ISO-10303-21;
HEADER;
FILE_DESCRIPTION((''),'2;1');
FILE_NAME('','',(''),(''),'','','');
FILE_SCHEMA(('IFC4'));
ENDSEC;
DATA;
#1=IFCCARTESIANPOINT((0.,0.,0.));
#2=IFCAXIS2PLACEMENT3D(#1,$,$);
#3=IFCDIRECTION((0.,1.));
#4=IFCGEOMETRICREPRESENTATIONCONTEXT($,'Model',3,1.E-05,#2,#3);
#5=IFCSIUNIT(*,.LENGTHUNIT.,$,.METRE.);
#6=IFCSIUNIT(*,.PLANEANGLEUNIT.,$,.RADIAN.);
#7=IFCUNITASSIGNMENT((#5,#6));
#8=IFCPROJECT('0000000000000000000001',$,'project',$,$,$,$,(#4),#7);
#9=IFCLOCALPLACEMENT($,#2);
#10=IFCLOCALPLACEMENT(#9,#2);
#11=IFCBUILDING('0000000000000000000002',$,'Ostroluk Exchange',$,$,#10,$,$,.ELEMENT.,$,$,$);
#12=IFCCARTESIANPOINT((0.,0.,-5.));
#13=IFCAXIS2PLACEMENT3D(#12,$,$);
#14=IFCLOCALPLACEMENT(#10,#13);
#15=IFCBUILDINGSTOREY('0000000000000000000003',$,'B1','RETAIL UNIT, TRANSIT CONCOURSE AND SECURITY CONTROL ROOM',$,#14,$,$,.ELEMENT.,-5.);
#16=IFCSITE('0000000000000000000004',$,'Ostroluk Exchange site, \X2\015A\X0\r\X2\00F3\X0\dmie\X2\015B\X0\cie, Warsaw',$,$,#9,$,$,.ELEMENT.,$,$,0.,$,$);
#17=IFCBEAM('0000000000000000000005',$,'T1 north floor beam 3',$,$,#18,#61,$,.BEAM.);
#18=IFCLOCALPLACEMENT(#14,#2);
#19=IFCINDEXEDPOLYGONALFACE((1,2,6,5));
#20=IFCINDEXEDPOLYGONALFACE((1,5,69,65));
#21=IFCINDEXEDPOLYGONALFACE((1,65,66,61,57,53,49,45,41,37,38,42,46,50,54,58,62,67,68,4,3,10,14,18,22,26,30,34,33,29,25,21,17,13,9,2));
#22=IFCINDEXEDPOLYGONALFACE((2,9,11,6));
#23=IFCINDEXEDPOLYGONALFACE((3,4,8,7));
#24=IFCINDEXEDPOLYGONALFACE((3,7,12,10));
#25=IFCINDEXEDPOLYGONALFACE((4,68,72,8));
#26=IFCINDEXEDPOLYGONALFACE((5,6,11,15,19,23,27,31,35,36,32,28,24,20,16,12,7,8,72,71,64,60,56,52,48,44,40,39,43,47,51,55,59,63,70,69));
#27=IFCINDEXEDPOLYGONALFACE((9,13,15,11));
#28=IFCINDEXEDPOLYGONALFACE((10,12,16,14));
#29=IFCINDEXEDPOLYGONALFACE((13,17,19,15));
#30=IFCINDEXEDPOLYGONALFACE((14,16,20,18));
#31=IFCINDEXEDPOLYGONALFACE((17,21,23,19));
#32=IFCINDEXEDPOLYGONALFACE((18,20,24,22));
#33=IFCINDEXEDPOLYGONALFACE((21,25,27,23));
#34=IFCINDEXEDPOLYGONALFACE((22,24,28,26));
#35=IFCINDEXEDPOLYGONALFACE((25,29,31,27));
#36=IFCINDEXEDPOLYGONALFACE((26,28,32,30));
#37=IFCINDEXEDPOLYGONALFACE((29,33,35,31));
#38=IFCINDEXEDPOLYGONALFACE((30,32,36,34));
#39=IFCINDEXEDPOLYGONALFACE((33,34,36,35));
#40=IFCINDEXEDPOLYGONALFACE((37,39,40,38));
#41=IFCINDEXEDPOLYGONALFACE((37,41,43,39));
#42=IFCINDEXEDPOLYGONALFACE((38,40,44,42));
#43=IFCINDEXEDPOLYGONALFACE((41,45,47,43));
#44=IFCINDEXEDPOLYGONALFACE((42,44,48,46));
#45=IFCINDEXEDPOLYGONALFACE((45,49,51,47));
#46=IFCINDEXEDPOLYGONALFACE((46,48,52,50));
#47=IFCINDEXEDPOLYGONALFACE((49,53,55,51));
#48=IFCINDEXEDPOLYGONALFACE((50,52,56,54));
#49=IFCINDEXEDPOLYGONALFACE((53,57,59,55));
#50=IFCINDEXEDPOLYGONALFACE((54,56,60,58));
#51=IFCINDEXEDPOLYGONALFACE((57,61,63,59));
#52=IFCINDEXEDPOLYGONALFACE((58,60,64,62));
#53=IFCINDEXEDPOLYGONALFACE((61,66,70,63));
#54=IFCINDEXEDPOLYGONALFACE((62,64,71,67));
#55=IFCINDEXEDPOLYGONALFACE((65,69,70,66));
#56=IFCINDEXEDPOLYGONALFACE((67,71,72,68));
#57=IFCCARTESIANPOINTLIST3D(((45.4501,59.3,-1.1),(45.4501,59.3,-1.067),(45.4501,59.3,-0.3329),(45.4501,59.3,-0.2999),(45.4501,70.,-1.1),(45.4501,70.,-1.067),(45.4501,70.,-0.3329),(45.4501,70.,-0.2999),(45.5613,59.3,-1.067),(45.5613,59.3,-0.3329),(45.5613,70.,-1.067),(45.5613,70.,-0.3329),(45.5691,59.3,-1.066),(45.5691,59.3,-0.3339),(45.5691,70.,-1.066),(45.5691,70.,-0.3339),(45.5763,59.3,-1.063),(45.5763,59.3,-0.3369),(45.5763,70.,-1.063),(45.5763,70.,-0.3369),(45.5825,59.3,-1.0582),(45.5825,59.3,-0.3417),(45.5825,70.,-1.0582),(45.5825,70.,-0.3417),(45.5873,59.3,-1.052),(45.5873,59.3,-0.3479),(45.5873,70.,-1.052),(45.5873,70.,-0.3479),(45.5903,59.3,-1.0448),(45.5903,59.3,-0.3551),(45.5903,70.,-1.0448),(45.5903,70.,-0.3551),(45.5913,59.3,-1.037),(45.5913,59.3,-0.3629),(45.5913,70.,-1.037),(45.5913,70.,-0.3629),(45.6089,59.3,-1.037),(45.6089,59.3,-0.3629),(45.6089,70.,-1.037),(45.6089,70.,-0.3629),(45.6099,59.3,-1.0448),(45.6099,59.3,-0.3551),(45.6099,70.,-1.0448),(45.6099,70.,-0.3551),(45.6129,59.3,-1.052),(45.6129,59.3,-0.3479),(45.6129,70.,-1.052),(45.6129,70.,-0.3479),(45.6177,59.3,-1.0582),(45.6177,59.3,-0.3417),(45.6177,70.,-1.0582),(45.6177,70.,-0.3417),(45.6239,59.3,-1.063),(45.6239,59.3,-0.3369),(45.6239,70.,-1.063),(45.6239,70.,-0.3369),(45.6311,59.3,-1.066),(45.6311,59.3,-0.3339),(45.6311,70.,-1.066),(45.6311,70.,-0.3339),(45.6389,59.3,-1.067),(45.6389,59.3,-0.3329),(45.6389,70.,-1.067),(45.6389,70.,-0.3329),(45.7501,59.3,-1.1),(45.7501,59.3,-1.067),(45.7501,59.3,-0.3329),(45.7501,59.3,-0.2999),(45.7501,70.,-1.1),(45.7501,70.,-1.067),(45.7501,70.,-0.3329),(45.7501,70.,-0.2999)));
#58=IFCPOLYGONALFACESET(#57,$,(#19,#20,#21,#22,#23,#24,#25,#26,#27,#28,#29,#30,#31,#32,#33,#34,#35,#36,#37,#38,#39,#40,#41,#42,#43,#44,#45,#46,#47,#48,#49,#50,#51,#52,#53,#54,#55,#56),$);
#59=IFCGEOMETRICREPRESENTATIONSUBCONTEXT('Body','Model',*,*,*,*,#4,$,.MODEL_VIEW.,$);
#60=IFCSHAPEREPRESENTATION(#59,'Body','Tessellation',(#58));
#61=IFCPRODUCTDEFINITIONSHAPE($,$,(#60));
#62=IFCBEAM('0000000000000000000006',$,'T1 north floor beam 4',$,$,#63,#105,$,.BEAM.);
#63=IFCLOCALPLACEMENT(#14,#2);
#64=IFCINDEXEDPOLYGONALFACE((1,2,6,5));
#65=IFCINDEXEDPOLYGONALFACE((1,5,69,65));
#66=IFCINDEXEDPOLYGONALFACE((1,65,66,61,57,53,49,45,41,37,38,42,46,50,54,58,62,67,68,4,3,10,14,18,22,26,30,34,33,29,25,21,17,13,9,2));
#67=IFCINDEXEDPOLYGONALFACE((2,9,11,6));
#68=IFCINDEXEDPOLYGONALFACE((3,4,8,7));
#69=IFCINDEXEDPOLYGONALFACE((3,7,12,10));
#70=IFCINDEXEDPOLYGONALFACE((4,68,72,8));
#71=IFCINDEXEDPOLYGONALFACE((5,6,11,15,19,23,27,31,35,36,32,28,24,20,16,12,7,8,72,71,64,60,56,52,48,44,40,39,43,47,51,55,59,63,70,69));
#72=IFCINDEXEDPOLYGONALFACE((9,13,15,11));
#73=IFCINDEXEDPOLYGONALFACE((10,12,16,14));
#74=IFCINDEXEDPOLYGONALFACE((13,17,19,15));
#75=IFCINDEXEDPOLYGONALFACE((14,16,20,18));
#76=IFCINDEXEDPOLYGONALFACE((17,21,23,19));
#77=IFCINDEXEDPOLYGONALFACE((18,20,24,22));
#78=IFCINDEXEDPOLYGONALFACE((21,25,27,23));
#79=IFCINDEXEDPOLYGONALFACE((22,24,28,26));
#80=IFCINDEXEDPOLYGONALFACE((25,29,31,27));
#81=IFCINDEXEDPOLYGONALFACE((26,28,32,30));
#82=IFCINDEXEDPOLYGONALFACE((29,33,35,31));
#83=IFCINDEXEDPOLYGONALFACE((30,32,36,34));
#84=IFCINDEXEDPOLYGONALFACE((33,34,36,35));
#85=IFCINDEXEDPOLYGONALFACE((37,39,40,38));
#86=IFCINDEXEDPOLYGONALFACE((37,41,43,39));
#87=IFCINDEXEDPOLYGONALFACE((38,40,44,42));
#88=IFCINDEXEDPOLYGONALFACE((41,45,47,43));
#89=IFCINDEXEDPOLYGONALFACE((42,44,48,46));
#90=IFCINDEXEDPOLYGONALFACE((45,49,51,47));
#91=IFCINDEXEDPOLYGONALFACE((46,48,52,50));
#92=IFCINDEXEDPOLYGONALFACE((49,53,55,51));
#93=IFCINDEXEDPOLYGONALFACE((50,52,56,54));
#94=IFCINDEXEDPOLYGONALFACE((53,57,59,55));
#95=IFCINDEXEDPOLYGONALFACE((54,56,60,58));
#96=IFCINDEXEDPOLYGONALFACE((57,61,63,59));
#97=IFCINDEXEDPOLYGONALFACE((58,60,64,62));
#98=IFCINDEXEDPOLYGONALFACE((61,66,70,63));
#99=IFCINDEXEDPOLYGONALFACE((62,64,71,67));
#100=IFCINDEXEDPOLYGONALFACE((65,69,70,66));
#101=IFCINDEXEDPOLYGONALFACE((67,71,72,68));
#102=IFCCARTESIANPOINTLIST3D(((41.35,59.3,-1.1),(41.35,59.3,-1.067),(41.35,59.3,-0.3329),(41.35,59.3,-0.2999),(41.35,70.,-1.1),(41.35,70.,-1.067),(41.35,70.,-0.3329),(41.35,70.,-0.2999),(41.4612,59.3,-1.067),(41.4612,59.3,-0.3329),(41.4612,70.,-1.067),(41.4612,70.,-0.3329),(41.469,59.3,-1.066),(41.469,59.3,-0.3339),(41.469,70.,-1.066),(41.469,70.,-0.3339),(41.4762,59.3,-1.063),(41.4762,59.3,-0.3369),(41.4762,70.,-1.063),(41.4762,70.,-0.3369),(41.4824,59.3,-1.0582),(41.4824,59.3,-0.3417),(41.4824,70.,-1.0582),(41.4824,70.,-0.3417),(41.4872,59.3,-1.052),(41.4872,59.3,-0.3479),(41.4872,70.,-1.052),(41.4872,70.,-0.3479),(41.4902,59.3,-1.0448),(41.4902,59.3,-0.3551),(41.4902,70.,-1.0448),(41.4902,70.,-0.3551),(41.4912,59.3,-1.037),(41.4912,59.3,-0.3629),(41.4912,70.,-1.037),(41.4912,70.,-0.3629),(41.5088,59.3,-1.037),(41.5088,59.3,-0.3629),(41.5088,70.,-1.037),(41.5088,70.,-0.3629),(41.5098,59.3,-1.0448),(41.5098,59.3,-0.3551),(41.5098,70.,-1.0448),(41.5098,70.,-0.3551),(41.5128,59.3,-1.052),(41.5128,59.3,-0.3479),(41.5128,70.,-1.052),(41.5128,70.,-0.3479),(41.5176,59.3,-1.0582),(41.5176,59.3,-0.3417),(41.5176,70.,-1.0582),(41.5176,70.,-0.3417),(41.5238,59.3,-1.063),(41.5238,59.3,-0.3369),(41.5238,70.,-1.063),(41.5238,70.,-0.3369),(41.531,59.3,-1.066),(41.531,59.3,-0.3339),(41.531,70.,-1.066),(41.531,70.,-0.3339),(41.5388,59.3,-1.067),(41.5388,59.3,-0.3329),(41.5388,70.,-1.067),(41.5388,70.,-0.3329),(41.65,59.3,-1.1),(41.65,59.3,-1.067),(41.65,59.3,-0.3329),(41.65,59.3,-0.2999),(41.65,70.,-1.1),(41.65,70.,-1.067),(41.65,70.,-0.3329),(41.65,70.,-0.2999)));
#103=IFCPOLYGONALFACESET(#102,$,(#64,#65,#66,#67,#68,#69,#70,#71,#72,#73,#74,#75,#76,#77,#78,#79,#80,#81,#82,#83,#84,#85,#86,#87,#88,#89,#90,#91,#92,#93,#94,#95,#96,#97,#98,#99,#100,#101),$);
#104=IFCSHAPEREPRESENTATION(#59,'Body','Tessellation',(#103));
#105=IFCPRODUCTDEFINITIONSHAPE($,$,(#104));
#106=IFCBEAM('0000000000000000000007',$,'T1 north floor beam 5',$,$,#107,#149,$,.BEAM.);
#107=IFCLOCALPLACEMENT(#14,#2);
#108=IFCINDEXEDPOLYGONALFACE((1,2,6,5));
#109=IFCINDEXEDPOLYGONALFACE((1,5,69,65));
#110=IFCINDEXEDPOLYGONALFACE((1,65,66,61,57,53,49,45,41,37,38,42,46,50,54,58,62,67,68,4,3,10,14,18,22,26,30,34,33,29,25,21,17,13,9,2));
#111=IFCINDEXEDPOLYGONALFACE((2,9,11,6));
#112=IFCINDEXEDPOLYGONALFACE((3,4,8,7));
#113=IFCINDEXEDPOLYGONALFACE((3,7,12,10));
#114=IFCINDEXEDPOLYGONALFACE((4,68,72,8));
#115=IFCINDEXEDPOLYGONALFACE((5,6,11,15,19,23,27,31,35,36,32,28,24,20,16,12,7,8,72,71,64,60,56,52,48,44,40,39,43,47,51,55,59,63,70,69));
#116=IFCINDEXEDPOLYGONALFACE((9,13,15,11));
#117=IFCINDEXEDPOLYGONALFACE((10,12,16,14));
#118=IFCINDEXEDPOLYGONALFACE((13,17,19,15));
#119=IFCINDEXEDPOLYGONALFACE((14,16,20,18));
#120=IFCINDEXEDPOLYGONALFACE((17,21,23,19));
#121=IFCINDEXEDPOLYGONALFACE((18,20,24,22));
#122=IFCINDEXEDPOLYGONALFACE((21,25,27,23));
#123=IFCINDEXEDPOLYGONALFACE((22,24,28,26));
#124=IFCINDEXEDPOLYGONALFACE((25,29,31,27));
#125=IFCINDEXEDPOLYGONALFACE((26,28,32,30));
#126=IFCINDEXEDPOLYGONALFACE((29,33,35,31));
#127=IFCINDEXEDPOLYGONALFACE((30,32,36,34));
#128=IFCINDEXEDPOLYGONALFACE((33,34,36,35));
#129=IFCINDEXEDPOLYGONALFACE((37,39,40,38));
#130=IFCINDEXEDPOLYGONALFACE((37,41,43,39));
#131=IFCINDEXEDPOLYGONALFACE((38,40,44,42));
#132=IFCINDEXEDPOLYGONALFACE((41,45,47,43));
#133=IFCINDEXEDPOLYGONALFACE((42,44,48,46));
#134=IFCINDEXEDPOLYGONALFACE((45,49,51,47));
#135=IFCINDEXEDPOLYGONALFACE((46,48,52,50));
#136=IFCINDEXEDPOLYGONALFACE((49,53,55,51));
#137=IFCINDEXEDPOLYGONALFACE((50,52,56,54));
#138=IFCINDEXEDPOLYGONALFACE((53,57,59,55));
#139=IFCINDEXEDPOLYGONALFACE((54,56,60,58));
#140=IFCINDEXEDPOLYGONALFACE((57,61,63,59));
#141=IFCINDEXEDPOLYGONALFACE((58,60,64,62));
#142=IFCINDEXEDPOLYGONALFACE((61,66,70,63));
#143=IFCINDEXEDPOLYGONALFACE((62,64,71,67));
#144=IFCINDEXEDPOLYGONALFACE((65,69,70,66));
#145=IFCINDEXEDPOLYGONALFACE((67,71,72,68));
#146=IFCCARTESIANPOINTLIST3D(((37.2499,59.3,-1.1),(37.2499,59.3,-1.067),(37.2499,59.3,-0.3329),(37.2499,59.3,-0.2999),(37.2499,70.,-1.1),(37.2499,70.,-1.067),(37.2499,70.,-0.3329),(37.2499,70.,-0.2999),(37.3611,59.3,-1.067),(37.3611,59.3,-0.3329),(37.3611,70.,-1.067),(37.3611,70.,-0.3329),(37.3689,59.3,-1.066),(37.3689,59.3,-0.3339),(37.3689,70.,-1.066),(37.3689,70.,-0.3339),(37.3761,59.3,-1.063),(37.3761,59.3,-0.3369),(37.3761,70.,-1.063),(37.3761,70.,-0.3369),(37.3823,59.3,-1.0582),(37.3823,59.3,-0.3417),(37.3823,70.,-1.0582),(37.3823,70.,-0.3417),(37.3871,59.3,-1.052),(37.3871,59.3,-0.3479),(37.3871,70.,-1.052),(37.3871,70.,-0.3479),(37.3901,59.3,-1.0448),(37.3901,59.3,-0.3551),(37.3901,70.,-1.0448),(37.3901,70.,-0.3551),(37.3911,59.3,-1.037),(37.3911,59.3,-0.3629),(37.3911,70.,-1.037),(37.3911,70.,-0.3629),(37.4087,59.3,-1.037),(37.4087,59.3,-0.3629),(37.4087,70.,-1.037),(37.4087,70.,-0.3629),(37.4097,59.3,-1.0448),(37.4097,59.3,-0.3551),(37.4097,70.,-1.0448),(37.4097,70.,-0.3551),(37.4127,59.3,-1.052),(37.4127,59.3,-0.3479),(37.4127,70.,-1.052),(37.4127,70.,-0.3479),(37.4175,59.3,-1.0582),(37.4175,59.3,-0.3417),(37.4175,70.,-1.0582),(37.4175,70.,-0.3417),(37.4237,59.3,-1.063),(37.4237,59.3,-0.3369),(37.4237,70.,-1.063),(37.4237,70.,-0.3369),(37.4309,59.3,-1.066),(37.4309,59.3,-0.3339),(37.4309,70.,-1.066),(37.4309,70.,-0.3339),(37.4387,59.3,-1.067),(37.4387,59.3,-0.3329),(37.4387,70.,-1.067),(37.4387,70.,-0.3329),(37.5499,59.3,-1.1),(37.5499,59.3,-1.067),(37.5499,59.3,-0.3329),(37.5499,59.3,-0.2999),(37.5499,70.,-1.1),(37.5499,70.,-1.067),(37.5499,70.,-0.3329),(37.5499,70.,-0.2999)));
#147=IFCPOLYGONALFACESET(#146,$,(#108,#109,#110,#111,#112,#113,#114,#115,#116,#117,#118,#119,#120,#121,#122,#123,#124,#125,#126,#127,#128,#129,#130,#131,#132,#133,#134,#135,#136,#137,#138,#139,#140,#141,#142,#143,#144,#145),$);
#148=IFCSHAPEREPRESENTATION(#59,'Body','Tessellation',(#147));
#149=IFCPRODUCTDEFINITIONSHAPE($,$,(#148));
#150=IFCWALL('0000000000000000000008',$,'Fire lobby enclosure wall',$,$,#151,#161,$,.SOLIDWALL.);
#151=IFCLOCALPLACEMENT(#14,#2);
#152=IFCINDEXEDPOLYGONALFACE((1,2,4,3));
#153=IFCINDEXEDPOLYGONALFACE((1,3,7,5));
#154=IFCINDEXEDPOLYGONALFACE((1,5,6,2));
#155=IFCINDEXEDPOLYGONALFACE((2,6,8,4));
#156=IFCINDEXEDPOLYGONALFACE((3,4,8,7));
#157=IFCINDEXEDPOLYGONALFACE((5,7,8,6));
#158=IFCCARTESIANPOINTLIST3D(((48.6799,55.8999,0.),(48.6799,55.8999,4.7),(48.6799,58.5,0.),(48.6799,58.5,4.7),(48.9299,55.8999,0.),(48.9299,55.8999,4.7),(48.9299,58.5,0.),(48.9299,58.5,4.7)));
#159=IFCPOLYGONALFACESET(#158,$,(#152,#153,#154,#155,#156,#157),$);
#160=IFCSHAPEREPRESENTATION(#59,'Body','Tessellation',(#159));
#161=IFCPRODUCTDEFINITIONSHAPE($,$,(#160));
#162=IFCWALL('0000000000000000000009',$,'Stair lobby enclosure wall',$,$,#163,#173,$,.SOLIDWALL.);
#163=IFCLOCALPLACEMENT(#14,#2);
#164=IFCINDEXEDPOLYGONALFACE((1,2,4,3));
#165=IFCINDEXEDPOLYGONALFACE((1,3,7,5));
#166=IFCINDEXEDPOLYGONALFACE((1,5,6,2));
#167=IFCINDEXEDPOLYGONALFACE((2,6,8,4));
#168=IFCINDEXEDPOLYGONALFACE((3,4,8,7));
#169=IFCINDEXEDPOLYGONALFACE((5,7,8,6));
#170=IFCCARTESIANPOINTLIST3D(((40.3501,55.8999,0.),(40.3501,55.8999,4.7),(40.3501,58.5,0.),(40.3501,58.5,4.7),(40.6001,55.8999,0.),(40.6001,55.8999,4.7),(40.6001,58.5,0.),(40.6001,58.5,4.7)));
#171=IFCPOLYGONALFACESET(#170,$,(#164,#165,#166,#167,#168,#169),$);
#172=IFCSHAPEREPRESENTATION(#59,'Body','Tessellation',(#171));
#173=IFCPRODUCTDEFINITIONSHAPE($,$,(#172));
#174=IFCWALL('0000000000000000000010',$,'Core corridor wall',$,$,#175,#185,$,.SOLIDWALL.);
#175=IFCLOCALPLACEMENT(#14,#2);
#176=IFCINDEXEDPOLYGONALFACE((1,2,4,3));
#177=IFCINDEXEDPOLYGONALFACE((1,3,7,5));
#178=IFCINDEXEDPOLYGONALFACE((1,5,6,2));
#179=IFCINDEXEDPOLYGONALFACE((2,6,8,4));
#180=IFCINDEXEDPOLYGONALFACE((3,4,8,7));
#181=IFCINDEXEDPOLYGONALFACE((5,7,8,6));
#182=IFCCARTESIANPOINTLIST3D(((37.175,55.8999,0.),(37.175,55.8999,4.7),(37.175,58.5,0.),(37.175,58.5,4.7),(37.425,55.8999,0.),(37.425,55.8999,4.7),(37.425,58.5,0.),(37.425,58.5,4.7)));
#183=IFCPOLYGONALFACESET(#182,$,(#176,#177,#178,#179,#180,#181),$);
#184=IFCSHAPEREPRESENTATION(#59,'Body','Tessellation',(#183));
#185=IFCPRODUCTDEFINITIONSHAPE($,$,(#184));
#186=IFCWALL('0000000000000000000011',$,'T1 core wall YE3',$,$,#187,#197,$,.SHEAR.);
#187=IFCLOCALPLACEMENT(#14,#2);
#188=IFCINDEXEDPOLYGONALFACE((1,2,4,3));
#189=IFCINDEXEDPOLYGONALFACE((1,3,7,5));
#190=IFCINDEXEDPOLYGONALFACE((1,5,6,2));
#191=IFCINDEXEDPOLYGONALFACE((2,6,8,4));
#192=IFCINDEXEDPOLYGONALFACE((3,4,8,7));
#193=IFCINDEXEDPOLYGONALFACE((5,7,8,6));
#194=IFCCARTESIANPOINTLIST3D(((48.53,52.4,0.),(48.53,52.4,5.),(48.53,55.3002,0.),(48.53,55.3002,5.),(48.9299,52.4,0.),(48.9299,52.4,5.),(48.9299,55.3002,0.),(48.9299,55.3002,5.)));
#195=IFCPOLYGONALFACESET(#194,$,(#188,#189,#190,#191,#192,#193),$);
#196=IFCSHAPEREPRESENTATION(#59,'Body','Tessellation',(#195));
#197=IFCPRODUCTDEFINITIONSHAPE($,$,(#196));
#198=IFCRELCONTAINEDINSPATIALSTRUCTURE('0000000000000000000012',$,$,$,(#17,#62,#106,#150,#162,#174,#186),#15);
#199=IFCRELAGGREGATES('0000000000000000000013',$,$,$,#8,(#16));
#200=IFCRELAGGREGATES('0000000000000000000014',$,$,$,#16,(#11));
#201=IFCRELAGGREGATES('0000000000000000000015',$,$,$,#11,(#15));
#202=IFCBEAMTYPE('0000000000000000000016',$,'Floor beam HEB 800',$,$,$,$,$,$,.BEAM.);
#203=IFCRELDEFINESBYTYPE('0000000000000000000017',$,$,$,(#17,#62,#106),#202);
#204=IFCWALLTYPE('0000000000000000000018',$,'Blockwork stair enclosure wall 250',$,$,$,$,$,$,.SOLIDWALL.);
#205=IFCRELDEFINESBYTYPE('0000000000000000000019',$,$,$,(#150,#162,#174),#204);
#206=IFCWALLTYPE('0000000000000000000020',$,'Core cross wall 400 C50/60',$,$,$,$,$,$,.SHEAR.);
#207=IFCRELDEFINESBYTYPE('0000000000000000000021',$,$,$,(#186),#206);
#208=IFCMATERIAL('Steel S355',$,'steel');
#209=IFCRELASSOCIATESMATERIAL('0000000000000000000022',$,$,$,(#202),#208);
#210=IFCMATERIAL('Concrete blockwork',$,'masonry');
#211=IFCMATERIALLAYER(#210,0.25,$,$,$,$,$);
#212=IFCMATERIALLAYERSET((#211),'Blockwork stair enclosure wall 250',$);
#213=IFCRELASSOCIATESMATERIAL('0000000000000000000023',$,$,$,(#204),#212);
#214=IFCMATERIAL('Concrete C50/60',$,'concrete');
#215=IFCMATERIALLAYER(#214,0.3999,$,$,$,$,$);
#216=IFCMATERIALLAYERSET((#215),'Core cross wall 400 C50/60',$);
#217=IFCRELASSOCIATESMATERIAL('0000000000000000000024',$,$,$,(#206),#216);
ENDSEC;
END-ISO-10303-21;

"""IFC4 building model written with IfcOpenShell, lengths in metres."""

from ifc_helpers import new_model, si_unit, direction, frame, frame_2d, origin, origin_2d, place, context, subcontext, project, spatial, rectangle, i_section, extrude, material, layer, layer_set, material_profile, profile_set, type_object, element, save


model = new_model("IFC4")

# Units and contexts
model_context = context("Model", 3, precision=1e-05, world=origin(), true_north=direction((0.0, 1.0)))
body_context = subcontext(model_context, "Body", "Model", "MODEL_VIEW")
ifc_project = project(units=[si_unit("LENGTHUNIT", "METRE"), si_unit("PLANEANGLEUNIT", "RADIAN")], contexts=[model_context])

# Site, building, storey
site_placement = place(None, origin())
site = spatial("IfcSite", under=ifc_project, at=site_placement, Name="Ostroluk Exchange site, Śródmieście, Warsaw", CompositionType="ELEMENT", RefElevation=0.0)
building_placement = place(site_placement, origin())
building = spatial("IfcBuilding", under=site, at=building_placement, Name="Ostroluk Exchange", CompositionType="ELEMENT")
storey_placement = place(building_placement, frame((0.0, 0.0, -5.0)))
storey = spatial("IfcBuildingStorey", under=building, at=storey_placement, Name="B1", Description="RETAIL UNIT, TRANSIT CONCOURSE AND SECURITY CONTROL ROOM", CompositionType="ELEMENT", Elevation=-5.0)

# Beams
ifc_material_1 = material(Name="Steel S355", Category="steel")
ifc_material_profile = material_profile(ifc_material_1, i_section(OverallWidth=0.3, OverallDepth=0.8, WebThickness=0.0176, FlangeThickness=0.033, FilletRadius=0.03, at=origin_2d()), Name="HEB 800")
ifc_profile_set = profile_set([ifc_material_profile], Name="Steel S355")
beam_type = type_object("IfcBeamType", Name="Floor beam HEB 800", PredefinedType="BEAM", material=ifc_profile_set)
for number, where, z_axis, x_axis, name in (
    (1, (45.6001, 59.3, -0.7), (0.0, 1.0, 0.0), (-1.0, 0.0, 0.0), "T1 north floor beam 3"),
    (2, (41.5, 59.3, -0.7), (0.0, 1.0, 0.0), (-1.0, 0.0, 0.0), "T1 north floor beam 4"),
    (3, (37.3999, 59.3, -0.7), (0.0, 1.0, 0.0), (-1.0, 0.0, 0.0), "T1 north floor beam 5"),
):
    element("IfcBeam", number, at=place(storey_placement, frame(where, z_axis=z_axis, x_axis=x_axis)), inside=storey, type_object=beam_type, Name=name, PredefinedType="BEAM", context=body_context, shape_type="SweptSolid", body=[
        extrude(i_section(OverallWidth=0.3, OverallDepth=0.8, WebThickness=0.0176, FlangeThickness=0.033, FilletRadius=0.03, at=origin_2d()), origin(), (0.0, 0.0, 1.0), 10.7),
    ])

# Walls
ifc_material_2 = material(Name="Concrete blockwork", Category="masonry")
ifc_layer_1 = layer(ifc_material_2, 0.25)
ifc_layer_set_1 = layer_set([ifc_layer_1], Name="Blockwork stair enclosure wall 250")
wall_type_1 = type_object("IfcWallType", Name="Blockwork stair enclosure wall 250", PredefinedType="SOLIDWALL", material=ifc_layer_set_1)
for number, where, z_axis, x_axis, name in (
    (4, (48.8049, 55.8999, 0.0), (0.0, 0.0, 1.0), (0.0, 1.0, 0.0), "Fire lobby enclosure wall"),
    (5, (40.4751, 55.8999, 0.0), (0.0, 0.0, 1.0), (0.0, 1.0, 0.0), "Stair lobby enclosure wall"),
    (6, (37.3, 55.8999, 0.0), (0.0, 0.0, 1.0), (0.0, 1.0, 0.0), "Core corridor wall"),
):
    element("IfcWall", number, at=place(storey_placement, frame(where, z_axis=z_axis, x_axis=x_axis)), inside=storey, type_object=wall_type_1, Name=name, PredefinedType="SOLIDWALL", context=body_context, shape_type="SweptSolid", body=[
        extrude(rectangle(XDim=2.6001, YDim=0.25, at=frame_2d((1.3, 0.0))), origin(), (0.0, 0.0, 1.0), 4.7),
    ])
ifc_material_3 = material(Name="Concrete C50/60", Category="concrete")
ifc_layer_2 = layer(ifc_material_3, 0.3999)
ifc_layer_set_2 = layer_set([ifc_layer_2], Name="Core cross wall 400 C50/60")
wall_type_2 = type_object("IfcWallType", Name="Core cross wall 400 C50/60", PredefinedType="SHEAR", material=ifc_layer_set_2)
wall_1_placement = place(storey_placement, frame((48.73, 52.3999, 0.0), z_axis=(0.0, 0.0, 1.0), x_axis=(0.0, 1.0, 0.0)))
element("IfcWall", 7, at=wall_1_placement, inside=storey, type_object=wall_type_2, Name="T1 core wall YE3", PredefinedType="SHEAR", context=body_context, shape_type="SweptSolid", body=[
    extrude(rectangle(XDim=2.9001, YDim=0.3999, at=frame_2d((1.4502, 0.0))), origin(), (0.0, 0.0, 1.0), 5.0),
])

save(model, "model.ifc")
